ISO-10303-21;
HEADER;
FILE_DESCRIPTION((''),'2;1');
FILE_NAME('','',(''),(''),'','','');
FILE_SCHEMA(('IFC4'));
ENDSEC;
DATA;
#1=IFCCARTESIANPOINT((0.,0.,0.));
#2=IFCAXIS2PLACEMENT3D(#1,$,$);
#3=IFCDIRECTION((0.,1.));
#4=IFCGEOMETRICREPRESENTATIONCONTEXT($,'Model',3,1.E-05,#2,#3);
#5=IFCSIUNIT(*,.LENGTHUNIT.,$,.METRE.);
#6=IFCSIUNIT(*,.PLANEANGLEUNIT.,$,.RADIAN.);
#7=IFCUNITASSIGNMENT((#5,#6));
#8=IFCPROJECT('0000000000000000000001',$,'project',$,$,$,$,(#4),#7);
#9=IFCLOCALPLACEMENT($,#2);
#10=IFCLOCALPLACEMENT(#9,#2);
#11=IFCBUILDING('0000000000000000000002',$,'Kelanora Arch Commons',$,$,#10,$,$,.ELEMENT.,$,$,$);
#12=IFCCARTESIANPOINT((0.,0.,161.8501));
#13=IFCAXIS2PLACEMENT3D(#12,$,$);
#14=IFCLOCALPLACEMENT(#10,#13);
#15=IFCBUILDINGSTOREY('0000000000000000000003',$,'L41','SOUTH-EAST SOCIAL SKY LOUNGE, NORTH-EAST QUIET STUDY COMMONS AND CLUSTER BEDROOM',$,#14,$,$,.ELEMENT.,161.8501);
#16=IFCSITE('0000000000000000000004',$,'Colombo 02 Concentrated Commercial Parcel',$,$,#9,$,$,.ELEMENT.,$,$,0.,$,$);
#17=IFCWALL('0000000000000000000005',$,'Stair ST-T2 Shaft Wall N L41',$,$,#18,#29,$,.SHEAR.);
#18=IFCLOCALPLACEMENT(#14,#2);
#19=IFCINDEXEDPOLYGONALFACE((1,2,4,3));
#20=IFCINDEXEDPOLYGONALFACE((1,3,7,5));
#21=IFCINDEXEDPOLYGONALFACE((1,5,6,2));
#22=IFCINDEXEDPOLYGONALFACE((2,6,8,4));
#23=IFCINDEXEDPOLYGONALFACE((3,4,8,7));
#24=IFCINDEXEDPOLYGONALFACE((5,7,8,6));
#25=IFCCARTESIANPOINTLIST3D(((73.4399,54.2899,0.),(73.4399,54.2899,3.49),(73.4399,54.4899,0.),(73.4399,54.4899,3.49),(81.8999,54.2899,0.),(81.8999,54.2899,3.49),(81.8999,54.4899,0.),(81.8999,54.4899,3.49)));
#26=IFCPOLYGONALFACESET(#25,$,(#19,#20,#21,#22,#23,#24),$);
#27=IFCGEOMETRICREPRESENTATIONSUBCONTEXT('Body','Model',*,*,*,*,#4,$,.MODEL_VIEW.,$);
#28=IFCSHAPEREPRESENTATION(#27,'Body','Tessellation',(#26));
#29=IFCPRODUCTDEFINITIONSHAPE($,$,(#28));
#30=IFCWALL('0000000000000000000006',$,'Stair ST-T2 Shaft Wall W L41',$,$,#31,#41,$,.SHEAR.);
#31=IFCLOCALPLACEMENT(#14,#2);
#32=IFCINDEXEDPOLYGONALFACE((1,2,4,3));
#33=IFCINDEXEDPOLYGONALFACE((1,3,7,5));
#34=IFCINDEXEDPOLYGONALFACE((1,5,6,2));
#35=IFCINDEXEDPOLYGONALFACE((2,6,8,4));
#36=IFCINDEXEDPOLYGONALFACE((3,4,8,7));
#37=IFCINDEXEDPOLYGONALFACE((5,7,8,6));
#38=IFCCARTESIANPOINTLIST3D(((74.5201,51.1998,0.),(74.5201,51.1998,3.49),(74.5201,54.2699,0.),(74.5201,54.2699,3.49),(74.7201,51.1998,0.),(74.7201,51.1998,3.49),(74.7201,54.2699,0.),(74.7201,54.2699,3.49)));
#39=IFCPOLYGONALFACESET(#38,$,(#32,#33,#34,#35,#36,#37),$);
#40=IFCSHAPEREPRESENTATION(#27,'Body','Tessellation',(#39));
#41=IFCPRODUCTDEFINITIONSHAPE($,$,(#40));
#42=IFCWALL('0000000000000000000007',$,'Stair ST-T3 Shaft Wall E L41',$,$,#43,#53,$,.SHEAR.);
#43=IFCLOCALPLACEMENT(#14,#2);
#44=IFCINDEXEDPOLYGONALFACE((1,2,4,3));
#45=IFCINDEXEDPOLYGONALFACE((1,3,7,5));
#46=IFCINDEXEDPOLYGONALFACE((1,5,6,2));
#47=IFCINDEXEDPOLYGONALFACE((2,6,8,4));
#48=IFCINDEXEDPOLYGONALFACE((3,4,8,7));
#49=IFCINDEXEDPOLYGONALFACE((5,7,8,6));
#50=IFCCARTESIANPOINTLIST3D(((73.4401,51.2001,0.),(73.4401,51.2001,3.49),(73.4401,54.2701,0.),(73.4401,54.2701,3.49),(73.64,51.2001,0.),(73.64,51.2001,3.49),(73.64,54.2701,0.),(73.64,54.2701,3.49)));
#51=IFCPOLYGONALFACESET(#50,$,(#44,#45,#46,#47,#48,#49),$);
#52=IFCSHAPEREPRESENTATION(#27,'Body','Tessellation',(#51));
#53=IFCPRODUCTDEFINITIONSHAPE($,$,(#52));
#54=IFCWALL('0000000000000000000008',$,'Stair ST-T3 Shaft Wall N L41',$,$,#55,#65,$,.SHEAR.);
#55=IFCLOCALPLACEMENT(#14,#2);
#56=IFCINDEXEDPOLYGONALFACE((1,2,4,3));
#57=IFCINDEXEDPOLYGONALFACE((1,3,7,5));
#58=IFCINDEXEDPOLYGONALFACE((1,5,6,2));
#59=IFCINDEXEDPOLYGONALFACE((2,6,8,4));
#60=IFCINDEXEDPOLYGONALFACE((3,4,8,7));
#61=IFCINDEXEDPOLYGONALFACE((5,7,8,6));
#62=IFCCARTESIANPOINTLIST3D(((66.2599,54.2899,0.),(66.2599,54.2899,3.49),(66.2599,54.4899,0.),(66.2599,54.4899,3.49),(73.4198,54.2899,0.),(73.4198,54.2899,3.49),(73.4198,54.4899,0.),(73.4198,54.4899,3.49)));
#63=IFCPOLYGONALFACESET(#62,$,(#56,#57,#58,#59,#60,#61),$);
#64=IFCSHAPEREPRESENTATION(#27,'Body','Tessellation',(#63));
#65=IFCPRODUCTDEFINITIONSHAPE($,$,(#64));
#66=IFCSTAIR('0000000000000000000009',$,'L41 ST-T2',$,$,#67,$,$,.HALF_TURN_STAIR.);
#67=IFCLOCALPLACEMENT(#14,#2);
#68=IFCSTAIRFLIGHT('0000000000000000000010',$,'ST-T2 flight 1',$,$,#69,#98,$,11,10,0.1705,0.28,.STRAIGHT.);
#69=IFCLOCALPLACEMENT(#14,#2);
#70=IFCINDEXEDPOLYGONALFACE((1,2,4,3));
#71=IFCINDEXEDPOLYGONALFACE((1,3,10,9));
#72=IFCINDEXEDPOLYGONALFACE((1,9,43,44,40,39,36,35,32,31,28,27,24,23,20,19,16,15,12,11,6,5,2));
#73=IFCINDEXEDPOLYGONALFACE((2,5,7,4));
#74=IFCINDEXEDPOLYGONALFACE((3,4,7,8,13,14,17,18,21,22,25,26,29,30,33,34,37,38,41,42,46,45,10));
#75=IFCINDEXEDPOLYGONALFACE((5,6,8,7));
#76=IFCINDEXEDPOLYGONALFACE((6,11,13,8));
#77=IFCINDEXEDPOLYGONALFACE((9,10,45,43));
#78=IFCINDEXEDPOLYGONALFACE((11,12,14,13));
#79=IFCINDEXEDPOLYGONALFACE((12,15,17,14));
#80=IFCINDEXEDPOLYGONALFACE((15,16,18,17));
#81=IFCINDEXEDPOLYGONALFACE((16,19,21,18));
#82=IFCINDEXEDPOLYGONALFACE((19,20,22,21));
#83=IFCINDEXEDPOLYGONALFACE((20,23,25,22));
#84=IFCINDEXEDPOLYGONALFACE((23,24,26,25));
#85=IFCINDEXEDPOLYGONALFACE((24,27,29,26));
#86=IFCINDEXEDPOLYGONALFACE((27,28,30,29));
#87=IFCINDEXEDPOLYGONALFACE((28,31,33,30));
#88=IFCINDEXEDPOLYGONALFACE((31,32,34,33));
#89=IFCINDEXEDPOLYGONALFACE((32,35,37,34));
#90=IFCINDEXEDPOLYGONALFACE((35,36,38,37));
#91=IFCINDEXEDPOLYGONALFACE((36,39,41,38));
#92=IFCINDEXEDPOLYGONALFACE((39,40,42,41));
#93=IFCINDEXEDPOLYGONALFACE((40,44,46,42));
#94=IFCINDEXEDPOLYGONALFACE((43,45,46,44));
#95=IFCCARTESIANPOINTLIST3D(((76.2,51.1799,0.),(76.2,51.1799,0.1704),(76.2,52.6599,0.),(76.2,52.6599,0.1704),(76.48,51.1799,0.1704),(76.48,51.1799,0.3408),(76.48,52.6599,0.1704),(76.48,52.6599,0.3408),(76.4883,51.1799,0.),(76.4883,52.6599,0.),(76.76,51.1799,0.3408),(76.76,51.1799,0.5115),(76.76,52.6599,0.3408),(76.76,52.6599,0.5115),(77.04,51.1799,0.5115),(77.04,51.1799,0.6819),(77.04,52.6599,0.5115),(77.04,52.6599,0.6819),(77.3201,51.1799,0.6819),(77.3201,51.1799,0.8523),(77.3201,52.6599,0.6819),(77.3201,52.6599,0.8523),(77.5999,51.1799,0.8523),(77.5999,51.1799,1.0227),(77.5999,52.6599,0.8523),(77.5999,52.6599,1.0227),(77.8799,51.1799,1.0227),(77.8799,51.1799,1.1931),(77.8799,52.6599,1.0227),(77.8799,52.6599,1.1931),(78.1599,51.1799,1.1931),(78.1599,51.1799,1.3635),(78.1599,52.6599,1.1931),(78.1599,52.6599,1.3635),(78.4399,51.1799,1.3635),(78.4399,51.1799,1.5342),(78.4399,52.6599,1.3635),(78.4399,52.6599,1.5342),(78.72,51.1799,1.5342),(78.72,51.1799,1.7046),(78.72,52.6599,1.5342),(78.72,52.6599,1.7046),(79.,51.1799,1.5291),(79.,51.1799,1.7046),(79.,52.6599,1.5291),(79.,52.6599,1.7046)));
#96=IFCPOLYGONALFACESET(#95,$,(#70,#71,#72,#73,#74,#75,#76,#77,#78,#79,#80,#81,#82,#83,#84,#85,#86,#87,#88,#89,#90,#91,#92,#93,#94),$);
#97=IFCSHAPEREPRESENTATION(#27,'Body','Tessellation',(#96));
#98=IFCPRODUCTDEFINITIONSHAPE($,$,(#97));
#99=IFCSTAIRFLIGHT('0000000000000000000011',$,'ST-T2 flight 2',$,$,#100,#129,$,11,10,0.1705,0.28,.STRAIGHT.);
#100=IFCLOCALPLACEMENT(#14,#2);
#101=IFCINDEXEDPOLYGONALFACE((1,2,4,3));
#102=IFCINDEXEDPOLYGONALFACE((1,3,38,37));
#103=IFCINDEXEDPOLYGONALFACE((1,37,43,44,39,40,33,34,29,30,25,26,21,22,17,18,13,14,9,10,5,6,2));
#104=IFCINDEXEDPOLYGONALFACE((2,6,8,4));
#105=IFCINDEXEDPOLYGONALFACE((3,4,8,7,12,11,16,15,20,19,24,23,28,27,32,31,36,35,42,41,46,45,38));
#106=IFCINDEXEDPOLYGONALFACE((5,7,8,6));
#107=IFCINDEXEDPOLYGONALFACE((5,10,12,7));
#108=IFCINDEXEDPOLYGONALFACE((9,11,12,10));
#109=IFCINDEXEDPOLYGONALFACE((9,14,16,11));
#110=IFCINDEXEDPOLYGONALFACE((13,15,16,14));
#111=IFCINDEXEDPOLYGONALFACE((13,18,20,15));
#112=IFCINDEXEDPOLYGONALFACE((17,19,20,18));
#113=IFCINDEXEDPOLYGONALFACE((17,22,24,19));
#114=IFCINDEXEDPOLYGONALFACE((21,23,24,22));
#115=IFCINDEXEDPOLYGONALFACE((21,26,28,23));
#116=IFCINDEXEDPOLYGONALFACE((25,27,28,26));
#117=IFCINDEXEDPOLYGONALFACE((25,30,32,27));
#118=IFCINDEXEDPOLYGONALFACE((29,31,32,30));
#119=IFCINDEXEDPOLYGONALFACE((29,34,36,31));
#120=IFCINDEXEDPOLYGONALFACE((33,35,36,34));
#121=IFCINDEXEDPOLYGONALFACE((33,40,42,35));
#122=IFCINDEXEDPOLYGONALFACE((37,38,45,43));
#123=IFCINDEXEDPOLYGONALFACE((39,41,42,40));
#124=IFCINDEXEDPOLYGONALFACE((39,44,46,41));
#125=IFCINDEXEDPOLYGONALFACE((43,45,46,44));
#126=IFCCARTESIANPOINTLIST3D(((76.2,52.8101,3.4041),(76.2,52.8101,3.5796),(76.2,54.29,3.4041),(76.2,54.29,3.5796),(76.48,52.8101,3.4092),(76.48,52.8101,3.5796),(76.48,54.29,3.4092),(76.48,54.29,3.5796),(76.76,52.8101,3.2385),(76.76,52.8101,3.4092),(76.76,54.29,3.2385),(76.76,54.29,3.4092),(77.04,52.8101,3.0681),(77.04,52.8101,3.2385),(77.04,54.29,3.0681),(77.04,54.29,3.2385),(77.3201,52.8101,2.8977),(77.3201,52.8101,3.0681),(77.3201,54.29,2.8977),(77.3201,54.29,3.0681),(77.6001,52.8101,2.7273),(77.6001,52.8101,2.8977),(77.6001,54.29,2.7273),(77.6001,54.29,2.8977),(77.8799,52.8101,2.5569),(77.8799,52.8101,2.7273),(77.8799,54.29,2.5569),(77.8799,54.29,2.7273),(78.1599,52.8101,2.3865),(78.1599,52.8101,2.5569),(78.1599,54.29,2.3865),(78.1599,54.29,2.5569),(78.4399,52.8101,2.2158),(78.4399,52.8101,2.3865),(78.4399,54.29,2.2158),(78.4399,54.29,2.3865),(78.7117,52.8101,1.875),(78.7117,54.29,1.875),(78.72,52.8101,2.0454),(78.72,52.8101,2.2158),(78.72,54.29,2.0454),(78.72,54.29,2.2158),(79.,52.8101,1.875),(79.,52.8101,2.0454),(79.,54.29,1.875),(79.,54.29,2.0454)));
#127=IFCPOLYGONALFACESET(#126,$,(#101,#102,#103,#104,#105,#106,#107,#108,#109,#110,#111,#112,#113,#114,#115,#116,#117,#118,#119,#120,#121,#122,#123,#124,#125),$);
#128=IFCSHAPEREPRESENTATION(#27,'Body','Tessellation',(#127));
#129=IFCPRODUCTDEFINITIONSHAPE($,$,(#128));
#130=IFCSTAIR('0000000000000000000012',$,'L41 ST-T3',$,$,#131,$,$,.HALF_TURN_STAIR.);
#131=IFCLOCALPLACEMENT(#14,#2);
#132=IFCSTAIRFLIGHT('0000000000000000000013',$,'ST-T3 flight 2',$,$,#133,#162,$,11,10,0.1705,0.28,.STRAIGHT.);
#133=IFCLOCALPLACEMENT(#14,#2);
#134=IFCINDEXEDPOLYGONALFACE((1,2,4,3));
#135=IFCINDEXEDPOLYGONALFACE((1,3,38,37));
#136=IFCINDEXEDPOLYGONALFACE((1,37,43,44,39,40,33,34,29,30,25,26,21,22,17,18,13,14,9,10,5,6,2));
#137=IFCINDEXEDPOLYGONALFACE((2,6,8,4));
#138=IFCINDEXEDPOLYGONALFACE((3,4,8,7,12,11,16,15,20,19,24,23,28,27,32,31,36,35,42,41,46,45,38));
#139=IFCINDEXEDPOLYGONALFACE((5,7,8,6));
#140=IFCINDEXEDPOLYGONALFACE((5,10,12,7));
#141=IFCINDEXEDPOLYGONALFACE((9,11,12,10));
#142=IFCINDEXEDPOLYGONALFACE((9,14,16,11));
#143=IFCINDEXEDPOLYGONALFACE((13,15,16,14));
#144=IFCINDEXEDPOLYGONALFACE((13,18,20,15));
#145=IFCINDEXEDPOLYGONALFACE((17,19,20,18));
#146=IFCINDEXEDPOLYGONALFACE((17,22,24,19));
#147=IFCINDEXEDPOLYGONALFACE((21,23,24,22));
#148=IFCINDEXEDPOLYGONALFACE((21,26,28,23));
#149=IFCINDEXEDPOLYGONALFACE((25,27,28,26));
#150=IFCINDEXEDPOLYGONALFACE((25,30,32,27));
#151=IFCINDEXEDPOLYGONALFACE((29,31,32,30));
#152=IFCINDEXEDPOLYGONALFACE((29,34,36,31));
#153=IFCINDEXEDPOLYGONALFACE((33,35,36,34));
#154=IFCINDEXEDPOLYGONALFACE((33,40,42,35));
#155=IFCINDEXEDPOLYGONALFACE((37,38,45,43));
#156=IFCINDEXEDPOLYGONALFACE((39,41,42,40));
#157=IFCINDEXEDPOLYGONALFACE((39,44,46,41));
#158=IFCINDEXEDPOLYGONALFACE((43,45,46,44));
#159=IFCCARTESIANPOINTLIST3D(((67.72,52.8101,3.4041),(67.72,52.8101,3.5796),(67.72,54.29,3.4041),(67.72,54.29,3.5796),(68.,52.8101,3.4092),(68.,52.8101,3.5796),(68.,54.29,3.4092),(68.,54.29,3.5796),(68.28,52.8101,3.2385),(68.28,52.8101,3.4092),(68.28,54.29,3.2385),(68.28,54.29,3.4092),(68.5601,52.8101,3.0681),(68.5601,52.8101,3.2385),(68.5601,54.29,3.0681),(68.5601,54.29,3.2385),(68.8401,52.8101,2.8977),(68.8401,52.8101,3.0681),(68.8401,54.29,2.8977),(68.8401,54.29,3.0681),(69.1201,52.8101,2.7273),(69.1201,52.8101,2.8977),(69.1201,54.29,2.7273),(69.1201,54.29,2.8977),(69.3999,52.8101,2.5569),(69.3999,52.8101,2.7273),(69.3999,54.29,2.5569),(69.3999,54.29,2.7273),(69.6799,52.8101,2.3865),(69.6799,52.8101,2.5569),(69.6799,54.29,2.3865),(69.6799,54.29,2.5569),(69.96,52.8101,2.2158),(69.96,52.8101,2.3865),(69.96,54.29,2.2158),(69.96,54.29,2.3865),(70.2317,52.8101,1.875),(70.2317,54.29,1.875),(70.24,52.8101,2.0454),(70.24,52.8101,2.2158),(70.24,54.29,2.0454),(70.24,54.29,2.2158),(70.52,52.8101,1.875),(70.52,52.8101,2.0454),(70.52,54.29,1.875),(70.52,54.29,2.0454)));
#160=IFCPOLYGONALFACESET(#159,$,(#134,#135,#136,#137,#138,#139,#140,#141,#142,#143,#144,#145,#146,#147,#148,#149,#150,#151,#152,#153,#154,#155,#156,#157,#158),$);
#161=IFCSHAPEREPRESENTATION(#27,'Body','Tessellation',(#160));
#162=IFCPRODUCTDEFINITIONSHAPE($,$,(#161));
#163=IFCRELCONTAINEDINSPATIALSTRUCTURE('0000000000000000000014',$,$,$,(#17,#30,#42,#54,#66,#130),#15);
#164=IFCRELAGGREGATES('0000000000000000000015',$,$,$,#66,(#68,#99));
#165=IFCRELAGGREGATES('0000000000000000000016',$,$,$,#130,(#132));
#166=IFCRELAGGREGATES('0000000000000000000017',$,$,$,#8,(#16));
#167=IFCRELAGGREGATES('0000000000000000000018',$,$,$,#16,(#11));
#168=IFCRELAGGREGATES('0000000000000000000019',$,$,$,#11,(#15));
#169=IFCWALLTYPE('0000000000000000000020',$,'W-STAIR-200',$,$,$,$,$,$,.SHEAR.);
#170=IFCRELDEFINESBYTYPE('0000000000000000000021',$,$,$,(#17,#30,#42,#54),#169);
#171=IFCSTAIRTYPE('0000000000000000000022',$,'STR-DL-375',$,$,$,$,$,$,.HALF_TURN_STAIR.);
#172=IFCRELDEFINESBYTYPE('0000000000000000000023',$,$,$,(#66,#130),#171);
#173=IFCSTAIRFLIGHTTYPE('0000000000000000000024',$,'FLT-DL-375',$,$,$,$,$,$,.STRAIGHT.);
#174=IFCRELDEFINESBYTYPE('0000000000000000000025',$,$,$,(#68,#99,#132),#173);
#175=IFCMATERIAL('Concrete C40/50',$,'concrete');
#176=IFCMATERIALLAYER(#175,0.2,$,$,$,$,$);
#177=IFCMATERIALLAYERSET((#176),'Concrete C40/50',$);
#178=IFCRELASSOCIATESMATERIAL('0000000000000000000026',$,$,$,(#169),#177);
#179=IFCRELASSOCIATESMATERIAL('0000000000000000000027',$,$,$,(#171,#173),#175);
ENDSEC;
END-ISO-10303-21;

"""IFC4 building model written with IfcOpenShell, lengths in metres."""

from ifc_helpers import new_model, si_unit, direction, frame, frame_2d, origin, place, context, subcontext, project, spatial, polyline, rectangle, outline, extrude, material, layer, layer_set, type_object, element, aggregate, save


model = new_model("IFC4")

# Units and contexts
model_context = context("Model", 3, precision=1e-05, world=origin(), true_north=direction((0.0, 1.0)))
body_context = subcontext(model_context, "Body", "Model", "MODEL_VIEW")
ifc_project = project(units=[si_unit("LENGTHUNIT", "METRE"), si_unit("PLANEANGLEUNIT", "RADIAN")], contexts=[model_context])

# Site, building, storey
site_placement = place(None, origin())
site = spatial("IfcSite", under=ifc_project, at=site_placement, Name="Colombo 02 Concentrated Commercial Parcel", CompositionType="ELEMENT", RefElevation=0.0)
building_placement = place(site_placement, origin())
building = spatial("IfcBuilding", under=site, at=building_placement, Name="Kelanora Arch Commons", CompositionType="ELEMENT")
storey_placement = place(building_placement, frame((0.0, 0.0, 161.8501)))
storey = spatial("IfcBuildingStorey", under=building, at=storey_placement, Name="L41", Description="SOUTH-EAST SOCIAL SKY LOUNGE, NORTH-EAST QUIET STUDY COMMONS AND CLUSTER BEDROOM", CompositionType="ELEMENT", Elevation=161.8501)

# Shared definitions
ifc_material_1 = material(Name="Concrete C40/50", Category="concrete")
ifc_layer_1 = layer(ifc_material_1, 0.2)
ifc_layer_set_1 = layer_set([ifc_layer_1], Name="Concrete C40/50")
wall_type_1 = type_object("IfcWallType", Name="W-STAIR-200", PredefinedType="SHEAR", material=ifc_layer_set_1)

# Walls
wall_1_placement = place(storey_placement, frame((81.8999, 54.3899, 0.0), z_axis=(0.0, 0.0, 1.0), x_axis=(-1.0, 0.0, 0.0)))
element("IfcWall", 1, at=wall_1_placement, inside=storey, type_object=wall_type_1, Name="Stair ST-T2 Shaft Wall N L41", PredefinedType="SHEAR", context=body_context, shape_type="SweptSolid", body=[
    extrude(rectangle(XDim=8.46, YDim=0.2, at=frame_2d((4.23, 0.0))), origin(), (0.0, 0.0, 1.0), 3.49),
])
for number, where, z_axis, x_axis, name in (
    (2, (74.6201, 54.27, 0.0), (0.0, 0.0, 1.0), (0.0, -1.0, 0.0), "Stair ST-T2 Shaft Wall W L41"),
    (3, (73.54, 51.2, 0.0), (0.0, 0.0, 1.0), (0.0, 1.0, 0.0), "Stair ST-T3 Shaft Wall E L41"),
):
    element("IfcWall", number, at=place(storey_placement, frame(where, z_axis=z_axis, x_axis=x_axis)), inside=storey, type_object=wall_type_1, Name=name, PredefinedType="SHEAR", context=body_context, shape_type="SweptSolid", body=[
        extrude(rectangle(XDim=3.0701, YDim=0.2, at=frame_2d((1.5352, 0.0))), origin(), (0.0, 0.0, 1.0), 3.49),
    ])
wall_2_placement = place(storey_placement, frame((73.4199, 54.3899, 0.0), z_axis=(0.0, 0.0, 1.0), x_axis=(-1.0, 0.0, 0.0)))
element("IfcWall", 4, at=wall_2_placement, inside=storey, type_object=wall_type_1, Name="Stair ST-T3 Shaft Wall N L41", PredefinedType="SHEAR", context=body_context, shape_type="SweptSolid", body=[
    extrude(rectangle(XDim=7.1599, YDim=0.2, at=frame_2d((3.5801, 0.0))), origin(), (0.0, 0.0, 1.0), 3.49),
])

# Stair, stair flights
stair_type = type_object("IfcStairType", Name="STR-DL-375", PredefinedType="HALF_TURN_STAIR", material=ifc_material_1)
stair_1_placement = place(storey_placement, origin())
stair_1 = element("IfcStair", 5, at=stair_1_placement, inside=storey, type_object=stair_type, Name="L41 ST-T2", PredefinedType="HALF_TURN_STAIR")
stair_flight_type = type_object("IfcStairFlightType", Name="FLT-DL-375", PredefinedType="STRAIGHT", material=ifc_material_1)
stair_flight_1_placement = place(storey_placement, frame((76.2, 51.9199, 0.0), z_axis=(0.0, 0.0, 1.0), x_axis=(1.0, 0.0, 0.0)))
stair_flight_1 = element("IfcStairFlight", 6, at=stair_flight_1_placement, type_object=stair_flight_type, Name="ST-T2 flight 1", NumberOfRisers=11, NumberOfTreads=10, PredefinedType="STRAIGHT", RiserHeight=0.1705, TreadLength=0.28, context=body_context, shape_type="SweptSolid", body=[
    extrude(outline(polyline([(0.0, 0.0), (0.0, 0.1704), (0.28, 0.1704), (0.28, 0.3408), (0.5601, 0.3408), (0.5601, 0.5115), (0.8401, 0.5115), (0.8401, 0.6819), (1.1201, 0.6819), (1.1201, 0.8523), (1.3999, 0.8523), (1.3999, 1.0227), (1.6799, 1.0227), (1.6799, 1.1931), (1.96, 1.1931), (1.96, 1.3635), (2.24, 1.3635), (2.24, 1.5342), (2.52, 1.5342), (2.52, 1.7046), (2.8, 1.7046), (2.8, 1.875), (2.8, 1.5291), (0.2883, 0.0), (0.0, 0.0)])), frame((0.0, 0.74, 0.0), z_axis=(0.0, -1.0, 0.0), x_axis=(1.0, 0.0, 0.0)), (0.0, 0.0, 1.0), 1.48),
])
stair_flight_2_placement = place(storey_placement, frame((79.0, 53.55, 1.875), z_axis=(0.0, 0.0, 1.0), x_axis=(-1.0, 0.0, 0.0)))
stair_flight_2 = element("IfcStairFlight", 7, at=stair_flight_2_placement, type_object=stair_flight_type, Name="ST-T2 flight 2", NumberOfRisers=11, NumberOfTreads=10, PredefinedType="STRAIGHT", RiserHeight=0.1705, TreadLength=0.28, context=body_context, shape_type="SweptSolid", body=[
    extrude(outline(polyline([(0.0, 0.0), (0.0, 0.1704), (0.28, 0.1704), (0.28, 0.3408), (0.5601, 0.3408), (0.5601, 0.5115), (0.8401, 0.5115), (0.8401, 0.6819), (1.1201, 0.6819), (1.1201, 0.8523), (1.3999, 0.8523), (1.3999, 1.0227), (1.6799, 1.0227), (1.6799, 1.1931), (1.96, 1.1931), (1.96, 1.3635), (2.24, 1.3635), (2.24, 1.5342), (2.52, 1.5342), (2.52, 1.7046), (2.8, 1.7046), (2.8, 1.875), (2.8, 1.5291), (0.2883, 0.0), (0.0, 0.0)])), frame((0.0, 0.74, 0.0), z_axis=(0.0, -1.0, 0.0), x_axis=(1.0, 0.0, 0.0)), (0.0, 0.0, 1.0), 1.48),
])
aggregate(stair_1, [stair_flight_1, stair_flight_2])

# Stair, stair flight
stair_2_placement = place(storey_placement, origin())
stair_2 = element("IfcStair", 8, at=stair_2_placement, inside=storey, type_object=stair_type, Name="L41 ST-T3", PredefinedType="HALF_TURN_STAIR")
stair_flight_3_placement = place(storey_placement, frame((70.52, 53.55, 1.875), z_axis=(0.0, 0.0, 1.0), x_axis=(-1.0, 0.0, 0.0)))
stair_flight_3 = element("IfcStairFlight", 9, at=stair_flight_3_placement, type_object=stair_flight_type, Name="ST-T3 flight 2", NumberOfRisers=11, NumberOfTreads=10, PredefinedType="STRAIGHT", RiserHeight=0.1705, TreadLength=0.28, context=body_context, shape_type="SweptSolid", body=[
    extrude(outline(polyline([(0.0, 0.0), (0.0, 0.1704), (0.28, 0.1704), (0.28, 0.3408), (0.5601, 0.3408), (0.5601, 0.5115), (0.8401, 0.5115), (0.8401, 0.6819), (1.1201, 0.6819), (1.1201, 0.8523), (1.3999, 0.8523), (1.3999, 1.0227), (1.6799, 1.0227), (1.6799, 1.1931), (1.96, 1.1931), (1.96, 1.3635), (2.24, 1.3635), (2.24, 1.5342), (2.52, 1.5342), (2.52, 1.7046), (2.8, 1.7046), (2.8, 1.875), (2.8, 1.5291), (0.2883, 0.0), (0.0, 0.0)])), frame((0.0, 0.74, 0.0), z_axis=(0.0, -1.0, 0.0), x_axis=(1.0, 0.0, 0.0)), (0.0, 0.0, 1.0), 1.48),
])
aggregate(stair_2, [stair_flight_3])

save(model, "model.ifc")
